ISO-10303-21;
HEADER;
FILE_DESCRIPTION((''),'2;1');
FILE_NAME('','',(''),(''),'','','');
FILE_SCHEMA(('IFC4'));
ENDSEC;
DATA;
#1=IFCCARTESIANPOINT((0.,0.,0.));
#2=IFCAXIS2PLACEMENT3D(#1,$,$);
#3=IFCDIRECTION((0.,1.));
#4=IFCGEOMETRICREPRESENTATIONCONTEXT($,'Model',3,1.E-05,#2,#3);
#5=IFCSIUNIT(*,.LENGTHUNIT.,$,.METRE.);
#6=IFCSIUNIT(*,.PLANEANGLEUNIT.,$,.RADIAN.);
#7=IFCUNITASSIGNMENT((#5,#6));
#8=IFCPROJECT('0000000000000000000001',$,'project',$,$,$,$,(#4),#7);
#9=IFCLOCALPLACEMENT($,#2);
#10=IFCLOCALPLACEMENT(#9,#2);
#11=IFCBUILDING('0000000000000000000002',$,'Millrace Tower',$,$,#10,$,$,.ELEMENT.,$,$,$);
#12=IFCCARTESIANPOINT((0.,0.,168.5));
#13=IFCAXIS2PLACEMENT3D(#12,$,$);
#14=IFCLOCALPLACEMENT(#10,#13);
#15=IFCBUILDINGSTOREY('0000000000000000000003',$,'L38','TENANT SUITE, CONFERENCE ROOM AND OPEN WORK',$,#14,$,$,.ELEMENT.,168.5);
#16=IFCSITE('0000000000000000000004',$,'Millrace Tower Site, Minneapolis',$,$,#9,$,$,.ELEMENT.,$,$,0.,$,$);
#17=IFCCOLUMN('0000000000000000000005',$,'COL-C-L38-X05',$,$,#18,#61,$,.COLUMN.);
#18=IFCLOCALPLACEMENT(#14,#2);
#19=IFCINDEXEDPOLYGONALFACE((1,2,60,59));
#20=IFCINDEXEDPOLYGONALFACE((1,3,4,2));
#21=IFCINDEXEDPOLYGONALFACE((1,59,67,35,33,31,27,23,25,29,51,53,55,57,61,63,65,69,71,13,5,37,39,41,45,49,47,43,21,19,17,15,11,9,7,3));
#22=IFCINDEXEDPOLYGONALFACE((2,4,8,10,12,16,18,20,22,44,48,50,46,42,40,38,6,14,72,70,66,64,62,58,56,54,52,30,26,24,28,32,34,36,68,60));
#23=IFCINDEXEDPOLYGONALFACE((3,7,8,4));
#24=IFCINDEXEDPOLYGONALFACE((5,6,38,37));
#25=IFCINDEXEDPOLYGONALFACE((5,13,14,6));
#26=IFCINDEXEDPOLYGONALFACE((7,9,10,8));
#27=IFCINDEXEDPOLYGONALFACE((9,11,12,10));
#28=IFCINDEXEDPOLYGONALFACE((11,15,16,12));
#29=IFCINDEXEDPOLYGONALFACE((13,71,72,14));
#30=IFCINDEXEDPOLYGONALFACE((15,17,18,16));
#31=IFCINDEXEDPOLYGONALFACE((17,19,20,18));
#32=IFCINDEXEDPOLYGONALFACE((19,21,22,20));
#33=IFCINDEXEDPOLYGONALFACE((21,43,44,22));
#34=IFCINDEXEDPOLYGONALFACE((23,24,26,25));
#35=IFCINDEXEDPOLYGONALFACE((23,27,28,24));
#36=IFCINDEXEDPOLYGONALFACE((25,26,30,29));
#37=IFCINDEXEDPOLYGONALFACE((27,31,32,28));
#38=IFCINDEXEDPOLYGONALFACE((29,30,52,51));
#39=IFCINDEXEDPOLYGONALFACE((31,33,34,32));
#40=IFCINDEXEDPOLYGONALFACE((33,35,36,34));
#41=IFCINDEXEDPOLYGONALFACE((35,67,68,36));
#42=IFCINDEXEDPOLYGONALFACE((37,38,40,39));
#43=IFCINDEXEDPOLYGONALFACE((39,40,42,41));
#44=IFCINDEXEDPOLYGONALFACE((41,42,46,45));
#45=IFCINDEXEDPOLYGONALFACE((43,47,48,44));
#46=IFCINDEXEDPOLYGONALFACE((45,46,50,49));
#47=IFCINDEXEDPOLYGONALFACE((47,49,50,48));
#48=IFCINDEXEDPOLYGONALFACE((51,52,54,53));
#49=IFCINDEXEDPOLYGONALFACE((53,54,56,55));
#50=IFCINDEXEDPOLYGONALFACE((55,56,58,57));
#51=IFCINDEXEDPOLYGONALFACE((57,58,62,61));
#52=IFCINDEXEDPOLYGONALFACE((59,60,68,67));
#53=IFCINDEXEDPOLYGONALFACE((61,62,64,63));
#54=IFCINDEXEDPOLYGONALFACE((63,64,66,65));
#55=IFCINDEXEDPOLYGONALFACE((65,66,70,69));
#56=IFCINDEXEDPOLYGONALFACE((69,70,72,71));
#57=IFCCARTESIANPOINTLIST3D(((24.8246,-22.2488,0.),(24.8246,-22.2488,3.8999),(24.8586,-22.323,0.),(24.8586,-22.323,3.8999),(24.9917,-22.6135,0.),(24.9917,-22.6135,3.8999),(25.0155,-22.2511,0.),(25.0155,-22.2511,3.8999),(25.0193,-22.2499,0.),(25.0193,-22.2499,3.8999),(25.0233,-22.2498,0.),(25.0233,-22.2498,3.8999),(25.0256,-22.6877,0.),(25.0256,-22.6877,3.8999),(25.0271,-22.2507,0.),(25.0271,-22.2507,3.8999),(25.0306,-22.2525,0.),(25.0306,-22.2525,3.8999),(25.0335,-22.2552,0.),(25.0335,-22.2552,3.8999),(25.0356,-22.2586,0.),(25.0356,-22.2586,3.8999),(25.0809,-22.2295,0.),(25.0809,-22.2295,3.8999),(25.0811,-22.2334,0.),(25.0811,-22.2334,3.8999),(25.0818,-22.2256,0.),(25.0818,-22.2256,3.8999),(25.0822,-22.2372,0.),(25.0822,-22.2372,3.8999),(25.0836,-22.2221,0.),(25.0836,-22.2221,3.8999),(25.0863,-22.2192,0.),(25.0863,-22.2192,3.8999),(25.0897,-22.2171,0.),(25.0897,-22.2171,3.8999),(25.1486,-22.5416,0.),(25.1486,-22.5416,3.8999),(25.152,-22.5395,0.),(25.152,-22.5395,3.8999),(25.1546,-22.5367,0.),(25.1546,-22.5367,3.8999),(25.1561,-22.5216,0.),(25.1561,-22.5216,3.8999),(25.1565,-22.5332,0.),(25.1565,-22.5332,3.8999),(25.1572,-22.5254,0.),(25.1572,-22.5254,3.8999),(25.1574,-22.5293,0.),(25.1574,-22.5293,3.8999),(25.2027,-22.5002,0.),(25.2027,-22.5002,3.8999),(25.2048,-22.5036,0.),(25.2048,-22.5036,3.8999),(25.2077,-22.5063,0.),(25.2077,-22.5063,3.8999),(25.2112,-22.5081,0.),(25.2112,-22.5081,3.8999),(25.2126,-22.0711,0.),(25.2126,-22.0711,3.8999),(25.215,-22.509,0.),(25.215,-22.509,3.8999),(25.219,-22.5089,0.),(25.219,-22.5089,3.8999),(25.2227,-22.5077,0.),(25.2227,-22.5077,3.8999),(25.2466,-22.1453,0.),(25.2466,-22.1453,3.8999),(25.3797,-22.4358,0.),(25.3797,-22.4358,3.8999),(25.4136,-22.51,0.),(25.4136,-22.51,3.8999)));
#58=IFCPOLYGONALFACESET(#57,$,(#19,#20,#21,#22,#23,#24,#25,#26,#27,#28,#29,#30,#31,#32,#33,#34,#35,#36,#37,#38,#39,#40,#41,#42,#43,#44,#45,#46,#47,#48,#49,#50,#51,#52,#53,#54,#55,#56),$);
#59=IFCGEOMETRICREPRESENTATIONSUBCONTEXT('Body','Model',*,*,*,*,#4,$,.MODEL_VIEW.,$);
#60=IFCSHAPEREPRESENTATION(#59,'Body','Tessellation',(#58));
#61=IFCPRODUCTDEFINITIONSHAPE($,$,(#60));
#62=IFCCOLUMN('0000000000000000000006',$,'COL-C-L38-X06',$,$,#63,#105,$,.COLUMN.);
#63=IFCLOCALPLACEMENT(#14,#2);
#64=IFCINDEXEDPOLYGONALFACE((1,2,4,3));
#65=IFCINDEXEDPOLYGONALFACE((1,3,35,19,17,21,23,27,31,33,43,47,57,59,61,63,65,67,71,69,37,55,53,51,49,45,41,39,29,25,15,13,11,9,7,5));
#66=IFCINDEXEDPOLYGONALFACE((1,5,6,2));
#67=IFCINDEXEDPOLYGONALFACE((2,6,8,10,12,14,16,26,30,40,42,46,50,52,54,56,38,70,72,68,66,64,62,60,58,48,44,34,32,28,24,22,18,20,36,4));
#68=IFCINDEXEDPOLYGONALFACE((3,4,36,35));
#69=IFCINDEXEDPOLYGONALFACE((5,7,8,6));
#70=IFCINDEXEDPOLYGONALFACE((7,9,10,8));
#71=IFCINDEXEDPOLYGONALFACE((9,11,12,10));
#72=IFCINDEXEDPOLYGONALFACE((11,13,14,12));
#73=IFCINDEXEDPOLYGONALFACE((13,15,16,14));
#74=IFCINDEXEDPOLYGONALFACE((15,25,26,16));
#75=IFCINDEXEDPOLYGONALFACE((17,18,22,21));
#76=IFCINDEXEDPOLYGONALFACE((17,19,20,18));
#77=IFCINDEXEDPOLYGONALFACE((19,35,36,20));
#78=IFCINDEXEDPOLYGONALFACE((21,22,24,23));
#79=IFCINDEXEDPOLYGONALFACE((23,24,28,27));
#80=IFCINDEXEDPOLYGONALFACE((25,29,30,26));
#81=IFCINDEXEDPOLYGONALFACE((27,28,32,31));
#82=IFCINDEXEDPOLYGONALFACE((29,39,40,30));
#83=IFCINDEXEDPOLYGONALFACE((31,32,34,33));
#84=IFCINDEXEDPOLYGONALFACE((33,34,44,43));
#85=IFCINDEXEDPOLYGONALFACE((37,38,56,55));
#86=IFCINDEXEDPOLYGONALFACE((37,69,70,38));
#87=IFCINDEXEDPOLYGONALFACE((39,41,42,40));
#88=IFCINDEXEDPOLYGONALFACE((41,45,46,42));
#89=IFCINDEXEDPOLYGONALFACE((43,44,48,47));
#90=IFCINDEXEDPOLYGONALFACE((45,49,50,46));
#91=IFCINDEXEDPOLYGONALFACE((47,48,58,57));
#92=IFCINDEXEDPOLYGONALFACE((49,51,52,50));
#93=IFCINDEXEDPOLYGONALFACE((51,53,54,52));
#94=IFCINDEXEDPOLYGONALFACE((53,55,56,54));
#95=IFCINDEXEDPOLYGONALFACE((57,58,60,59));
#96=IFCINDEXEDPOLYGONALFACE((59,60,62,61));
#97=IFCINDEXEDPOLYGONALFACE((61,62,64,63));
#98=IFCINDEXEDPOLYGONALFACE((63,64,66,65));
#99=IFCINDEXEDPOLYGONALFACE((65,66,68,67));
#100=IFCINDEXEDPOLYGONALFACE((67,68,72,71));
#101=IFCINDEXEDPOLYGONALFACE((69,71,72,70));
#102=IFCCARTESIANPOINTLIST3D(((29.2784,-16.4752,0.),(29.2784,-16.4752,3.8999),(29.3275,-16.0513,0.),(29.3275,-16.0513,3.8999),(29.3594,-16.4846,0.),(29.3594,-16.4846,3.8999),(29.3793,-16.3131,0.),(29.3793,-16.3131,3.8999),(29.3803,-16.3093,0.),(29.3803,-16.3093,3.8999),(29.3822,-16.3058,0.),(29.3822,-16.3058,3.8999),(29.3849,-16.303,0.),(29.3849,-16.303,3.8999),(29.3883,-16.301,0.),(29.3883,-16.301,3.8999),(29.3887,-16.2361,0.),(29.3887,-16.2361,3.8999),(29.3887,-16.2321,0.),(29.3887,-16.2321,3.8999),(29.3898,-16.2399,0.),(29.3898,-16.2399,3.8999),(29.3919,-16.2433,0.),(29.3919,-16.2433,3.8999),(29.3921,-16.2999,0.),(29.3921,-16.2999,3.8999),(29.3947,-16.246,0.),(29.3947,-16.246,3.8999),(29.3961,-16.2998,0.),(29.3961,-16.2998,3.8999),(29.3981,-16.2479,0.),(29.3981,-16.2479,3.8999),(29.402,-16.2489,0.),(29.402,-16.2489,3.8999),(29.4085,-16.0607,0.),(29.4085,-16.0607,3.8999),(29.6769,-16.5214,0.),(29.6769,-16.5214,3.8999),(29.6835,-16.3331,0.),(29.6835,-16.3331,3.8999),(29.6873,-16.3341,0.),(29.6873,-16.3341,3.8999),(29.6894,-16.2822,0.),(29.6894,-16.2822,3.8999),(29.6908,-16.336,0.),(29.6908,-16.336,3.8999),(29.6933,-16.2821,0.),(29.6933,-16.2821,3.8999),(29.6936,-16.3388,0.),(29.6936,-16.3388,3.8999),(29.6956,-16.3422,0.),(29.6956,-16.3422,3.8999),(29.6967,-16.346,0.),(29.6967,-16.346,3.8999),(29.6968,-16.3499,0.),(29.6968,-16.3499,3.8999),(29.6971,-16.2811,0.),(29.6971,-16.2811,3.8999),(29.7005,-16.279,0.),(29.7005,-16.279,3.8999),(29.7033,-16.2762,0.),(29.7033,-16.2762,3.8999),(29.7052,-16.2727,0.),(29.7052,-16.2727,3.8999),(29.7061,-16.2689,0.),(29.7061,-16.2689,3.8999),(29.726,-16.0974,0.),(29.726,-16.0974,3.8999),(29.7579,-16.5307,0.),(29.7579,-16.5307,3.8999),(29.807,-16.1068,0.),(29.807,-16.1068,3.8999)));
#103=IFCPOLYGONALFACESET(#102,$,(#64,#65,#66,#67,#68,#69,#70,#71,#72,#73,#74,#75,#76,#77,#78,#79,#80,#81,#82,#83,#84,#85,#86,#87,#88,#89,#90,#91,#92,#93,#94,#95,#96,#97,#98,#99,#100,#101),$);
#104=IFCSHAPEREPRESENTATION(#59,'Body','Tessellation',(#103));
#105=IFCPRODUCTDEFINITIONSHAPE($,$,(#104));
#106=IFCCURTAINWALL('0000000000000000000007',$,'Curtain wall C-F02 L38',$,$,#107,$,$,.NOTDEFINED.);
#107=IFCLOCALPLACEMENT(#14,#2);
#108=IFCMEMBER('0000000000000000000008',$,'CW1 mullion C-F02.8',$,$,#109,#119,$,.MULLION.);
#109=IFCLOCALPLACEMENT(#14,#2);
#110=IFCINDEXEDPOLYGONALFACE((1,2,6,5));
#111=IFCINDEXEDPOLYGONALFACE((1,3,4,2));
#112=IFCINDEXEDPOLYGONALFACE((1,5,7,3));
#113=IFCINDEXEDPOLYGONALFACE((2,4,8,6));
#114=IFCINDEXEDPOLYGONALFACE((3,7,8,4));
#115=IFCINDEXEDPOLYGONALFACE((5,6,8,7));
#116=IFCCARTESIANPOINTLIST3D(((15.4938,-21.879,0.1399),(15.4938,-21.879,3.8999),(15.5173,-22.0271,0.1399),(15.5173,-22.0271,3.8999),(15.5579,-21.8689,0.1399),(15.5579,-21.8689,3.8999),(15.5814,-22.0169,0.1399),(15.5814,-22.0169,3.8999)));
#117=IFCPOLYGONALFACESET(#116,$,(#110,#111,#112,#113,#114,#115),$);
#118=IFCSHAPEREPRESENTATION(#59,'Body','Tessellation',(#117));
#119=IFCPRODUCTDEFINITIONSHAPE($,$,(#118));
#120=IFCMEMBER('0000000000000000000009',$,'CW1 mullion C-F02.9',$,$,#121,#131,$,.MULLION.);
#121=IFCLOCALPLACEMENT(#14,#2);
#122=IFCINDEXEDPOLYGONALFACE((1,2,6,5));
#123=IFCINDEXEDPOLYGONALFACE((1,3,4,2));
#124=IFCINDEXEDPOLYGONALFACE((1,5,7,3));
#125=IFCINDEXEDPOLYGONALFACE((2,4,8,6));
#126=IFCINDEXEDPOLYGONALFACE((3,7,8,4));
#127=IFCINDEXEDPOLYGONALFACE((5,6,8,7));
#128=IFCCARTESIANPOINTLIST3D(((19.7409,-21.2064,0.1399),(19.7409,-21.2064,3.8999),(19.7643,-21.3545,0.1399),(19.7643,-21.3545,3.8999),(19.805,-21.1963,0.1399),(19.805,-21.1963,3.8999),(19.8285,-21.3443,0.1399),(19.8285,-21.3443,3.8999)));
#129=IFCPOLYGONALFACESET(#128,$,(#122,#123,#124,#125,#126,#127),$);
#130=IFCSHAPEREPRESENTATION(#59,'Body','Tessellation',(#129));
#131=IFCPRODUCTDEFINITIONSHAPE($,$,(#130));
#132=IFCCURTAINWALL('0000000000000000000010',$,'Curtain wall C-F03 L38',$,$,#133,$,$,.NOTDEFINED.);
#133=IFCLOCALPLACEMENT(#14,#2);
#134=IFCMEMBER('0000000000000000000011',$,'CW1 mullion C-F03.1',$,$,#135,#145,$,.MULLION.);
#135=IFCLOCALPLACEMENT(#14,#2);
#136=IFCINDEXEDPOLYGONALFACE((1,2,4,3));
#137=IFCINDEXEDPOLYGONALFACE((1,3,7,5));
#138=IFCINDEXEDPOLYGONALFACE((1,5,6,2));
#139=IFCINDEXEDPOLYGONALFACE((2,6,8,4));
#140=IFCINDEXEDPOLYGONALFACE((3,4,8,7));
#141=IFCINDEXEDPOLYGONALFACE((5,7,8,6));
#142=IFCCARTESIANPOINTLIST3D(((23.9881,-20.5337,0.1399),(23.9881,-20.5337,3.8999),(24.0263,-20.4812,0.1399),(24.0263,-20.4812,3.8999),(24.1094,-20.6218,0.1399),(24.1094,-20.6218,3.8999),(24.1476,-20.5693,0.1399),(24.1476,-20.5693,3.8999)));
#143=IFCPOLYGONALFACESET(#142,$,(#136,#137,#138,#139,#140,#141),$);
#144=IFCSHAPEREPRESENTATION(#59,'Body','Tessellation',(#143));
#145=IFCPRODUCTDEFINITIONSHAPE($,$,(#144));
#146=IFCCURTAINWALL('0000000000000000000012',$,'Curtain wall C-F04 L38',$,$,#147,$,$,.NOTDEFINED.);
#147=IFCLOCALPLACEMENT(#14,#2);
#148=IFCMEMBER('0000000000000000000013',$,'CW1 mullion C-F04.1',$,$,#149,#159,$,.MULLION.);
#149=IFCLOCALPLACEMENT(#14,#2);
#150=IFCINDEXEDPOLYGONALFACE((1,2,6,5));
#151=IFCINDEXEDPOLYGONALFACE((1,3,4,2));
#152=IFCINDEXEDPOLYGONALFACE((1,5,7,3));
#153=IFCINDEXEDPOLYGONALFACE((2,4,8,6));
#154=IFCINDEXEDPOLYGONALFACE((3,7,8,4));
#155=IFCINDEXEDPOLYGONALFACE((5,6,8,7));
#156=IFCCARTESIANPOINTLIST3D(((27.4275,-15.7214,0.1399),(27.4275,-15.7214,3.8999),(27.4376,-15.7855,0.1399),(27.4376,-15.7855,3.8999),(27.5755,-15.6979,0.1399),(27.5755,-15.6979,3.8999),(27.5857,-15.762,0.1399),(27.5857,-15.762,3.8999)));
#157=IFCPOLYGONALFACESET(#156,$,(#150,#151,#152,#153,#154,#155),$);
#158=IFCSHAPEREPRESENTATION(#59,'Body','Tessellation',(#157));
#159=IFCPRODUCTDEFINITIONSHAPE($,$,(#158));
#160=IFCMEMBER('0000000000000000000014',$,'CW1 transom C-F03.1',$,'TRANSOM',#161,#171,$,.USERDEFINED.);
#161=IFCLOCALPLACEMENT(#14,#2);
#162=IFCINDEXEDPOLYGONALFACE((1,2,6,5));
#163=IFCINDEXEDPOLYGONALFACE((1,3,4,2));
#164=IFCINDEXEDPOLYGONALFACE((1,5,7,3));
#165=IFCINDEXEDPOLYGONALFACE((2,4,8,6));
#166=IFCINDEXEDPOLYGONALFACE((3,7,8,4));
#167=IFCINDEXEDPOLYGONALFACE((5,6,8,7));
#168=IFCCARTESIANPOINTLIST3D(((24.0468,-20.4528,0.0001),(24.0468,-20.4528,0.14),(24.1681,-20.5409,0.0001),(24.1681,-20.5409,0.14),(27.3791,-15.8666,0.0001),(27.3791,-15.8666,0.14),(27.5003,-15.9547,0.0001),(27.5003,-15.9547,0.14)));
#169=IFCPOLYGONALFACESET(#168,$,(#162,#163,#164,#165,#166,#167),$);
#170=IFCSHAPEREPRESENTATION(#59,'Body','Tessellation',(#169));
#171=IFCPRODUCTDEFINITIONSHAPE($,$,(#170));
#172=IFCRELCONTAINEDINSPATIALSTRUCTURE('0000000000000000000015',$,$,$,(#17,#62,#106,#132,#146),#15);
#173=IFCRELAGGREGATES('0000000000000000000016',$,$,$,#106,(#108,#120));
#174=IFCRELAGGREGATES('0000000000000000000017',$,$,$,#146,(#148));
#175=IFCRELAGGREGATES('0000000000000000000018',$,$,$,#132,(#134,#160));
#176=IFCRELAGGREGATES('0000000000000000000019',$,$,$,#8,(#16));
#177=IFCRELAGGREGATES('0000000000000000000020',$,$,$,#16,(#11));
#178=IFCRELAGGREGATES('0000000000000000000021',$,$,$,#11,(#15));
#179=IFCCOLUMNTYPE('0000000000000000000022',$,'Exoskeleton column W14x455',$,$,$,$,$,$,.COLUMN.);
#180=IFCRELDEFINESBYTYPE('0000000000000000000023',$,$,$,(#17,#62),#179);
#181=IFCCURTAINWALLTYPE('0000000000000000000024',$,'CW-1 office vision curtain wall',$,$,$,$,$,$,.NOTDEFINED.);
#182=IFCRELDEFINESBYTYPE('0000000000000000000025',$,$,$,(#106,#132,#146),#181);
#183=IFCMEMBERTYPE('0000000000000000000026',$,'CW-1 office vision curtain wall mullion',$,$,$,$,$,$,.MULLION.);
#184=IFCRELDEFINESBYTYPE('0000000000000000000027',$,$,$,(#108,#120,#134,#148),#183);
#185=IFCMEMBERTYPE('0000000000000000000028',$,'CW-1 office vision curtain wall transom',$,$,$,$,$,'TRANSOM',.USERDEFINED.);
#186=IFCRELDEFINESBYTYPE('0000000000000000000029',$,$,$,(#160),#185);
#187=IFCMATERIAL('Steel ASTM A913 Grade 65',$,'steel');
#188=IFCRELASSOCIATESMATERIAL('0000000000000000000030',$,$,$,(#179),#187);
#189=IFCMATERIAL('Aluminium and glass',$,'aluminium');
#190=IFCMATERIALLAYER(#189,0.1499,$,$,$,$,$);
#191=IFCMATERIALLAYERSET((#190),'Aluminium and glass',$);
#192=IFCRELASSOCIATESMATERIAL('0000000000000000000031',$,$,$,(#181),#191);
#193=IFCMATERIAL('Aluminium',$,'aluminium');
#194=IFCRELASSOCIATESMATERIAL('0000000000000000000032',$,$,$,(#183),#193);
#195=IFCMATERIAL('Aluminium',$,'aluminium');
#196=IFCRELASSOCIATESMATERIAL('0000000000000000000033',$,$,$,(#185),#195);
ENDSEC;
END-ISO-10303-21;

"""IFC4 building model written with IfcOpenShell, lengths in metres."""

from ifc_helpers import new_model, si_unit, direction, frame, origin, origin_2d, place, context, subcontext, project, spatial, rectangle, i_section, extrude, material, layer, layer_set, material_profile, profile_set, type_object, element, aggregate, save


model = new_model("IFC4")

# Units and contexts
model_context = context("Model", 3, precision=1e-05, world=origin(), true_north=direction((0.0, 1.0)))
body_context = subcontext(model_context, "Body", "Model", "MODEL_VIEW")
ifc_project = project(units=[si_unit("LENGTHUNIT", "METRE"), si_unit("PLANEANGLEUNIT", "RADIAN")], contexts=[model_context])

# Site, building, storey
site_placement = place(None, origin())
site = spatial("IfcSite", under=ifc_project, at=site_placement, Name="Millrace Tower Site, Minneapolis", CompositionType="ELEMENT", RefElevation=0.0)
building_placement = place(site_placement, origin())
building = spatial("IfcBuilding", under=site, at=building_placement, Name="Millrace Tower", CompositionType="ELEMENT")
storey_placement = place(building_placement, frame((0.0, 0.0, 168.5)))
storey = spatial("IfcBuildingStorey", under=building, at=storey_placement, Name="L38", Description="TENANT SUITE, CONFERENCE ROOM AND OPEN WORK", CompositionType="ELEMENT", Elevation=168.5)

# Columns
ifc_material_1 = material(Name="Steel ASTM A913 Grade 65", Category="steel")
ifc_material_profile_1 = material_profile(ifc_material_1, i_section(OverallWidth=0.4268, OverallDepth=0.4827, WebThickness=0.0513, FlangeThickness=0.0815, FilletRadius=0.0151, at=origin_2d()))
ifc_profile_set_1 = profile_set([ifc_material_profile_1], Name="Steel ASTM A913 Grade 65")
column_type = type_object("IfcColumnType", Name="Exoskeleton column W14x455", PredefinedType="COLUMN", material=ifc_profile_set_1)
for number, where, z_axis, x_axis, name in (
    (1, (25.1191, -22.3794, 0.0), (0.0, 0.0, 1.0), (0.909181, 0.416401, 0.0), "COL-C-L38-X05"),
    (2, (29.5427, -16.291, 0.0), (0.0, 0.0, 1.0), (0.115069, 0.993358, 0.0), "COL-C-L38-X06"),
):
    element("IfcColumn", number, at=place(storey_placement, frame(where, z_axis=z_axis, x_axis=x_axis)), inside=storey, type_object=column_type, Name=name, PredefinedType="COLUMN", context=body_context, shape_type="SweptSolid", body=[
        extrude(i_section(OverallWidth=0.4268, OverallDepth=0.4827, WebThickness=0.0513, FlangeThickness=0.0815, FilletRadius=0.0151, at=origin_2d()), origin(), (0.0, 0.0, 1.0), 3.8999),
    ])

# Curtain wall, members
ifc_material_2 = material(Name="Aluminium and glass", Category="aluminium")
ifc_layer_1 = layer(ifc_material_2, 0.1499)
ifc_layer_set_1 = layer_set([ifc_layer_1], Name="Aluminium and glass")
curtain_wall_type = type_object("IfcCurtainWallType", Name="CW-1 office vision curtain wall", PredefinedType="NOTDEFINED", material=ifc_layer_set_1)
placement = place(storey_placement, origin())
curtain_wall_1 = element("IfcCurtainWall", 3, at=placement, inside=storey, type_object=curtain_wall_type, Name="Curtain wall C-F02 L38", PredefinedType="NOTDEFINED")
ifc_material_3 = material(Name="Aluminium", Category="aluminium")
ifc_material_profile_2 = material_profile(ifc_material_3, rectangle(XDim=0.0649, YDim=0.1499, at=origin_2d()))
ifc_profile_set_2 = profile_set([ifc_material_profile_2], Name="Aluminium")
member_type_1 = type_object("IfcMemberType", Name="CW-1 office vision curtain wall mullion", PredefinedType="MULLION", material=ifc_profile_set_2)
member_1_placement = place(storey_placement, frame((15.5376, -21.948, 0.1399), z_axis=(0.0, 0.0, 1.0), x_axis=(0.987688, 0.156434, 0.0)))
member_1 = element("IfcMember", 4, at=member_1_placement, type_object=member_type_1, Name="CW1 mullion C-F02.8", PredefinedType="MULLION", context=body_context, shape_type="SweptSolid", body=[
    extrude(rectangle(XDim=0.0649, YDim=0.1499, at=origin_2d()), origin(), (0.0, 0.0, 1.0), 3.76),
])
member_2_placement = place(storey_placement, frame((19.7847, -21.2754, 0.1399), z_axis=(0.0, 0.0, 1.0), x_axis=(0.987688, 0.156434, 0.0)))
member_2 = element("IfcMember", 5, at=member_2_placement, type_object=member_type_1, Name="CW1 mullion C-F02.9", PredefinedType="MULLION", context=body_context, shape_type="SweptSolid", body=[
    extrude(rectangle(XDim=0.0649, YDim=0.1499, at=origin_2d()), origin(), (0.0, 0.0, 1.0), 3.76),
])
aggregate(curtain_wall_1, [member_1, member_2])

# Curtain walls, members
curtain_wall_2 = element("IfcCurtainWall", 6, at=placement, inside=storey, type_object=curtain_wall_type, Name="Curtain wall C-F03 L38", PredefinedType="NOTDEFINED")
member_3_placement = place(storey_placement, frame((24.0679, -20.5515, 0.1399), z_axis=(0.0, 0.0, 1.0), x_axis=(0.587785, 0.809017, 0.0)))
member_3 = element("IfcMember", 7, at=member_3_placement, type_object=member_type_1, Name="CW1 mullion C-F03.1", PredefinedType="MULLION", context=body_context, shape_type="SweptSolid", body=[
    extrude(rectangle(XDim=0.0649, YDim=0.1499, at=origin_2d()), origin(), (0.0, 0.0, 1.0), 3.76),
])
curtain_wall_3 = element("IfcCurtainWall", 8, at=placement, inside=storey, type_object=curtain_wall_type, Name="Curtain wall C-F04 L38", PredefinedType="NOTDEFINED")
member_4_placement = place(storey_placement, frame((27.5066, -15.7417, 0.1399), z_axis=(0.0, 0.0, 1.0), x_axis=(-0.156434, 0.987688, 0.0)))
member_4 = element("IfcMember", 9, at=member_4_placement, type_object=member_type_1, Name="CW1 mullion C-F04.1", PredefinedType="MULLION", context=body_context, shape_type="SweptSolid", body=[
    extrude(rectangle(XDim=0.0649, YDim=0.1499, at=origin_2d()), origin(), (0.0, 0.0, 1.0), 3.76),
])
aggregate(curtain_wall_3, [member_4])

# Member
ifc_material_4 = material(Name="Aluminium", Category="aluminium")
ifc_material_profile_3 = material_profile(ifc_material_4, rectangle(XDim=0.1499, YDim=0.1399, at=origin_2d()))
ifc_profile_set_3 = profile_set([ifc_material_profile_3], Name="Aluminium")
member_type_2 = type_object("IfcMemberType", Name="CW-1 office vision curtain wall transom", ElementType="TRANSOM", PredefinedType="USERDEFINED", material=ifc_profile_set_3)
member_5_placement = place(storey_placement, frame((24.1074, -20.4968, 0.0701), z_axis=(0.587811, 0.808999, 0.0), x_axis=(-0.808999, 0.587811, 0.0)))
member_5 = element("IfcMember", 10, at=member_5_placement, type_object=member_type_2, Name="CW1 transom C-F03.1", ObjectType="TRANSOM", PredefinedType="USERDEFINED", context=body_context, shape_type="SweptSolid", body=[
    extrude(rectangle(XDim=0.1499, YDim=0.1399, at=origin_2d()), origin(), (0.0, 0.0, 1.0), 5.6689),
])
aggregate(curtain_wall_2, [member_3, member_5])

save(model, "model.ifc")
